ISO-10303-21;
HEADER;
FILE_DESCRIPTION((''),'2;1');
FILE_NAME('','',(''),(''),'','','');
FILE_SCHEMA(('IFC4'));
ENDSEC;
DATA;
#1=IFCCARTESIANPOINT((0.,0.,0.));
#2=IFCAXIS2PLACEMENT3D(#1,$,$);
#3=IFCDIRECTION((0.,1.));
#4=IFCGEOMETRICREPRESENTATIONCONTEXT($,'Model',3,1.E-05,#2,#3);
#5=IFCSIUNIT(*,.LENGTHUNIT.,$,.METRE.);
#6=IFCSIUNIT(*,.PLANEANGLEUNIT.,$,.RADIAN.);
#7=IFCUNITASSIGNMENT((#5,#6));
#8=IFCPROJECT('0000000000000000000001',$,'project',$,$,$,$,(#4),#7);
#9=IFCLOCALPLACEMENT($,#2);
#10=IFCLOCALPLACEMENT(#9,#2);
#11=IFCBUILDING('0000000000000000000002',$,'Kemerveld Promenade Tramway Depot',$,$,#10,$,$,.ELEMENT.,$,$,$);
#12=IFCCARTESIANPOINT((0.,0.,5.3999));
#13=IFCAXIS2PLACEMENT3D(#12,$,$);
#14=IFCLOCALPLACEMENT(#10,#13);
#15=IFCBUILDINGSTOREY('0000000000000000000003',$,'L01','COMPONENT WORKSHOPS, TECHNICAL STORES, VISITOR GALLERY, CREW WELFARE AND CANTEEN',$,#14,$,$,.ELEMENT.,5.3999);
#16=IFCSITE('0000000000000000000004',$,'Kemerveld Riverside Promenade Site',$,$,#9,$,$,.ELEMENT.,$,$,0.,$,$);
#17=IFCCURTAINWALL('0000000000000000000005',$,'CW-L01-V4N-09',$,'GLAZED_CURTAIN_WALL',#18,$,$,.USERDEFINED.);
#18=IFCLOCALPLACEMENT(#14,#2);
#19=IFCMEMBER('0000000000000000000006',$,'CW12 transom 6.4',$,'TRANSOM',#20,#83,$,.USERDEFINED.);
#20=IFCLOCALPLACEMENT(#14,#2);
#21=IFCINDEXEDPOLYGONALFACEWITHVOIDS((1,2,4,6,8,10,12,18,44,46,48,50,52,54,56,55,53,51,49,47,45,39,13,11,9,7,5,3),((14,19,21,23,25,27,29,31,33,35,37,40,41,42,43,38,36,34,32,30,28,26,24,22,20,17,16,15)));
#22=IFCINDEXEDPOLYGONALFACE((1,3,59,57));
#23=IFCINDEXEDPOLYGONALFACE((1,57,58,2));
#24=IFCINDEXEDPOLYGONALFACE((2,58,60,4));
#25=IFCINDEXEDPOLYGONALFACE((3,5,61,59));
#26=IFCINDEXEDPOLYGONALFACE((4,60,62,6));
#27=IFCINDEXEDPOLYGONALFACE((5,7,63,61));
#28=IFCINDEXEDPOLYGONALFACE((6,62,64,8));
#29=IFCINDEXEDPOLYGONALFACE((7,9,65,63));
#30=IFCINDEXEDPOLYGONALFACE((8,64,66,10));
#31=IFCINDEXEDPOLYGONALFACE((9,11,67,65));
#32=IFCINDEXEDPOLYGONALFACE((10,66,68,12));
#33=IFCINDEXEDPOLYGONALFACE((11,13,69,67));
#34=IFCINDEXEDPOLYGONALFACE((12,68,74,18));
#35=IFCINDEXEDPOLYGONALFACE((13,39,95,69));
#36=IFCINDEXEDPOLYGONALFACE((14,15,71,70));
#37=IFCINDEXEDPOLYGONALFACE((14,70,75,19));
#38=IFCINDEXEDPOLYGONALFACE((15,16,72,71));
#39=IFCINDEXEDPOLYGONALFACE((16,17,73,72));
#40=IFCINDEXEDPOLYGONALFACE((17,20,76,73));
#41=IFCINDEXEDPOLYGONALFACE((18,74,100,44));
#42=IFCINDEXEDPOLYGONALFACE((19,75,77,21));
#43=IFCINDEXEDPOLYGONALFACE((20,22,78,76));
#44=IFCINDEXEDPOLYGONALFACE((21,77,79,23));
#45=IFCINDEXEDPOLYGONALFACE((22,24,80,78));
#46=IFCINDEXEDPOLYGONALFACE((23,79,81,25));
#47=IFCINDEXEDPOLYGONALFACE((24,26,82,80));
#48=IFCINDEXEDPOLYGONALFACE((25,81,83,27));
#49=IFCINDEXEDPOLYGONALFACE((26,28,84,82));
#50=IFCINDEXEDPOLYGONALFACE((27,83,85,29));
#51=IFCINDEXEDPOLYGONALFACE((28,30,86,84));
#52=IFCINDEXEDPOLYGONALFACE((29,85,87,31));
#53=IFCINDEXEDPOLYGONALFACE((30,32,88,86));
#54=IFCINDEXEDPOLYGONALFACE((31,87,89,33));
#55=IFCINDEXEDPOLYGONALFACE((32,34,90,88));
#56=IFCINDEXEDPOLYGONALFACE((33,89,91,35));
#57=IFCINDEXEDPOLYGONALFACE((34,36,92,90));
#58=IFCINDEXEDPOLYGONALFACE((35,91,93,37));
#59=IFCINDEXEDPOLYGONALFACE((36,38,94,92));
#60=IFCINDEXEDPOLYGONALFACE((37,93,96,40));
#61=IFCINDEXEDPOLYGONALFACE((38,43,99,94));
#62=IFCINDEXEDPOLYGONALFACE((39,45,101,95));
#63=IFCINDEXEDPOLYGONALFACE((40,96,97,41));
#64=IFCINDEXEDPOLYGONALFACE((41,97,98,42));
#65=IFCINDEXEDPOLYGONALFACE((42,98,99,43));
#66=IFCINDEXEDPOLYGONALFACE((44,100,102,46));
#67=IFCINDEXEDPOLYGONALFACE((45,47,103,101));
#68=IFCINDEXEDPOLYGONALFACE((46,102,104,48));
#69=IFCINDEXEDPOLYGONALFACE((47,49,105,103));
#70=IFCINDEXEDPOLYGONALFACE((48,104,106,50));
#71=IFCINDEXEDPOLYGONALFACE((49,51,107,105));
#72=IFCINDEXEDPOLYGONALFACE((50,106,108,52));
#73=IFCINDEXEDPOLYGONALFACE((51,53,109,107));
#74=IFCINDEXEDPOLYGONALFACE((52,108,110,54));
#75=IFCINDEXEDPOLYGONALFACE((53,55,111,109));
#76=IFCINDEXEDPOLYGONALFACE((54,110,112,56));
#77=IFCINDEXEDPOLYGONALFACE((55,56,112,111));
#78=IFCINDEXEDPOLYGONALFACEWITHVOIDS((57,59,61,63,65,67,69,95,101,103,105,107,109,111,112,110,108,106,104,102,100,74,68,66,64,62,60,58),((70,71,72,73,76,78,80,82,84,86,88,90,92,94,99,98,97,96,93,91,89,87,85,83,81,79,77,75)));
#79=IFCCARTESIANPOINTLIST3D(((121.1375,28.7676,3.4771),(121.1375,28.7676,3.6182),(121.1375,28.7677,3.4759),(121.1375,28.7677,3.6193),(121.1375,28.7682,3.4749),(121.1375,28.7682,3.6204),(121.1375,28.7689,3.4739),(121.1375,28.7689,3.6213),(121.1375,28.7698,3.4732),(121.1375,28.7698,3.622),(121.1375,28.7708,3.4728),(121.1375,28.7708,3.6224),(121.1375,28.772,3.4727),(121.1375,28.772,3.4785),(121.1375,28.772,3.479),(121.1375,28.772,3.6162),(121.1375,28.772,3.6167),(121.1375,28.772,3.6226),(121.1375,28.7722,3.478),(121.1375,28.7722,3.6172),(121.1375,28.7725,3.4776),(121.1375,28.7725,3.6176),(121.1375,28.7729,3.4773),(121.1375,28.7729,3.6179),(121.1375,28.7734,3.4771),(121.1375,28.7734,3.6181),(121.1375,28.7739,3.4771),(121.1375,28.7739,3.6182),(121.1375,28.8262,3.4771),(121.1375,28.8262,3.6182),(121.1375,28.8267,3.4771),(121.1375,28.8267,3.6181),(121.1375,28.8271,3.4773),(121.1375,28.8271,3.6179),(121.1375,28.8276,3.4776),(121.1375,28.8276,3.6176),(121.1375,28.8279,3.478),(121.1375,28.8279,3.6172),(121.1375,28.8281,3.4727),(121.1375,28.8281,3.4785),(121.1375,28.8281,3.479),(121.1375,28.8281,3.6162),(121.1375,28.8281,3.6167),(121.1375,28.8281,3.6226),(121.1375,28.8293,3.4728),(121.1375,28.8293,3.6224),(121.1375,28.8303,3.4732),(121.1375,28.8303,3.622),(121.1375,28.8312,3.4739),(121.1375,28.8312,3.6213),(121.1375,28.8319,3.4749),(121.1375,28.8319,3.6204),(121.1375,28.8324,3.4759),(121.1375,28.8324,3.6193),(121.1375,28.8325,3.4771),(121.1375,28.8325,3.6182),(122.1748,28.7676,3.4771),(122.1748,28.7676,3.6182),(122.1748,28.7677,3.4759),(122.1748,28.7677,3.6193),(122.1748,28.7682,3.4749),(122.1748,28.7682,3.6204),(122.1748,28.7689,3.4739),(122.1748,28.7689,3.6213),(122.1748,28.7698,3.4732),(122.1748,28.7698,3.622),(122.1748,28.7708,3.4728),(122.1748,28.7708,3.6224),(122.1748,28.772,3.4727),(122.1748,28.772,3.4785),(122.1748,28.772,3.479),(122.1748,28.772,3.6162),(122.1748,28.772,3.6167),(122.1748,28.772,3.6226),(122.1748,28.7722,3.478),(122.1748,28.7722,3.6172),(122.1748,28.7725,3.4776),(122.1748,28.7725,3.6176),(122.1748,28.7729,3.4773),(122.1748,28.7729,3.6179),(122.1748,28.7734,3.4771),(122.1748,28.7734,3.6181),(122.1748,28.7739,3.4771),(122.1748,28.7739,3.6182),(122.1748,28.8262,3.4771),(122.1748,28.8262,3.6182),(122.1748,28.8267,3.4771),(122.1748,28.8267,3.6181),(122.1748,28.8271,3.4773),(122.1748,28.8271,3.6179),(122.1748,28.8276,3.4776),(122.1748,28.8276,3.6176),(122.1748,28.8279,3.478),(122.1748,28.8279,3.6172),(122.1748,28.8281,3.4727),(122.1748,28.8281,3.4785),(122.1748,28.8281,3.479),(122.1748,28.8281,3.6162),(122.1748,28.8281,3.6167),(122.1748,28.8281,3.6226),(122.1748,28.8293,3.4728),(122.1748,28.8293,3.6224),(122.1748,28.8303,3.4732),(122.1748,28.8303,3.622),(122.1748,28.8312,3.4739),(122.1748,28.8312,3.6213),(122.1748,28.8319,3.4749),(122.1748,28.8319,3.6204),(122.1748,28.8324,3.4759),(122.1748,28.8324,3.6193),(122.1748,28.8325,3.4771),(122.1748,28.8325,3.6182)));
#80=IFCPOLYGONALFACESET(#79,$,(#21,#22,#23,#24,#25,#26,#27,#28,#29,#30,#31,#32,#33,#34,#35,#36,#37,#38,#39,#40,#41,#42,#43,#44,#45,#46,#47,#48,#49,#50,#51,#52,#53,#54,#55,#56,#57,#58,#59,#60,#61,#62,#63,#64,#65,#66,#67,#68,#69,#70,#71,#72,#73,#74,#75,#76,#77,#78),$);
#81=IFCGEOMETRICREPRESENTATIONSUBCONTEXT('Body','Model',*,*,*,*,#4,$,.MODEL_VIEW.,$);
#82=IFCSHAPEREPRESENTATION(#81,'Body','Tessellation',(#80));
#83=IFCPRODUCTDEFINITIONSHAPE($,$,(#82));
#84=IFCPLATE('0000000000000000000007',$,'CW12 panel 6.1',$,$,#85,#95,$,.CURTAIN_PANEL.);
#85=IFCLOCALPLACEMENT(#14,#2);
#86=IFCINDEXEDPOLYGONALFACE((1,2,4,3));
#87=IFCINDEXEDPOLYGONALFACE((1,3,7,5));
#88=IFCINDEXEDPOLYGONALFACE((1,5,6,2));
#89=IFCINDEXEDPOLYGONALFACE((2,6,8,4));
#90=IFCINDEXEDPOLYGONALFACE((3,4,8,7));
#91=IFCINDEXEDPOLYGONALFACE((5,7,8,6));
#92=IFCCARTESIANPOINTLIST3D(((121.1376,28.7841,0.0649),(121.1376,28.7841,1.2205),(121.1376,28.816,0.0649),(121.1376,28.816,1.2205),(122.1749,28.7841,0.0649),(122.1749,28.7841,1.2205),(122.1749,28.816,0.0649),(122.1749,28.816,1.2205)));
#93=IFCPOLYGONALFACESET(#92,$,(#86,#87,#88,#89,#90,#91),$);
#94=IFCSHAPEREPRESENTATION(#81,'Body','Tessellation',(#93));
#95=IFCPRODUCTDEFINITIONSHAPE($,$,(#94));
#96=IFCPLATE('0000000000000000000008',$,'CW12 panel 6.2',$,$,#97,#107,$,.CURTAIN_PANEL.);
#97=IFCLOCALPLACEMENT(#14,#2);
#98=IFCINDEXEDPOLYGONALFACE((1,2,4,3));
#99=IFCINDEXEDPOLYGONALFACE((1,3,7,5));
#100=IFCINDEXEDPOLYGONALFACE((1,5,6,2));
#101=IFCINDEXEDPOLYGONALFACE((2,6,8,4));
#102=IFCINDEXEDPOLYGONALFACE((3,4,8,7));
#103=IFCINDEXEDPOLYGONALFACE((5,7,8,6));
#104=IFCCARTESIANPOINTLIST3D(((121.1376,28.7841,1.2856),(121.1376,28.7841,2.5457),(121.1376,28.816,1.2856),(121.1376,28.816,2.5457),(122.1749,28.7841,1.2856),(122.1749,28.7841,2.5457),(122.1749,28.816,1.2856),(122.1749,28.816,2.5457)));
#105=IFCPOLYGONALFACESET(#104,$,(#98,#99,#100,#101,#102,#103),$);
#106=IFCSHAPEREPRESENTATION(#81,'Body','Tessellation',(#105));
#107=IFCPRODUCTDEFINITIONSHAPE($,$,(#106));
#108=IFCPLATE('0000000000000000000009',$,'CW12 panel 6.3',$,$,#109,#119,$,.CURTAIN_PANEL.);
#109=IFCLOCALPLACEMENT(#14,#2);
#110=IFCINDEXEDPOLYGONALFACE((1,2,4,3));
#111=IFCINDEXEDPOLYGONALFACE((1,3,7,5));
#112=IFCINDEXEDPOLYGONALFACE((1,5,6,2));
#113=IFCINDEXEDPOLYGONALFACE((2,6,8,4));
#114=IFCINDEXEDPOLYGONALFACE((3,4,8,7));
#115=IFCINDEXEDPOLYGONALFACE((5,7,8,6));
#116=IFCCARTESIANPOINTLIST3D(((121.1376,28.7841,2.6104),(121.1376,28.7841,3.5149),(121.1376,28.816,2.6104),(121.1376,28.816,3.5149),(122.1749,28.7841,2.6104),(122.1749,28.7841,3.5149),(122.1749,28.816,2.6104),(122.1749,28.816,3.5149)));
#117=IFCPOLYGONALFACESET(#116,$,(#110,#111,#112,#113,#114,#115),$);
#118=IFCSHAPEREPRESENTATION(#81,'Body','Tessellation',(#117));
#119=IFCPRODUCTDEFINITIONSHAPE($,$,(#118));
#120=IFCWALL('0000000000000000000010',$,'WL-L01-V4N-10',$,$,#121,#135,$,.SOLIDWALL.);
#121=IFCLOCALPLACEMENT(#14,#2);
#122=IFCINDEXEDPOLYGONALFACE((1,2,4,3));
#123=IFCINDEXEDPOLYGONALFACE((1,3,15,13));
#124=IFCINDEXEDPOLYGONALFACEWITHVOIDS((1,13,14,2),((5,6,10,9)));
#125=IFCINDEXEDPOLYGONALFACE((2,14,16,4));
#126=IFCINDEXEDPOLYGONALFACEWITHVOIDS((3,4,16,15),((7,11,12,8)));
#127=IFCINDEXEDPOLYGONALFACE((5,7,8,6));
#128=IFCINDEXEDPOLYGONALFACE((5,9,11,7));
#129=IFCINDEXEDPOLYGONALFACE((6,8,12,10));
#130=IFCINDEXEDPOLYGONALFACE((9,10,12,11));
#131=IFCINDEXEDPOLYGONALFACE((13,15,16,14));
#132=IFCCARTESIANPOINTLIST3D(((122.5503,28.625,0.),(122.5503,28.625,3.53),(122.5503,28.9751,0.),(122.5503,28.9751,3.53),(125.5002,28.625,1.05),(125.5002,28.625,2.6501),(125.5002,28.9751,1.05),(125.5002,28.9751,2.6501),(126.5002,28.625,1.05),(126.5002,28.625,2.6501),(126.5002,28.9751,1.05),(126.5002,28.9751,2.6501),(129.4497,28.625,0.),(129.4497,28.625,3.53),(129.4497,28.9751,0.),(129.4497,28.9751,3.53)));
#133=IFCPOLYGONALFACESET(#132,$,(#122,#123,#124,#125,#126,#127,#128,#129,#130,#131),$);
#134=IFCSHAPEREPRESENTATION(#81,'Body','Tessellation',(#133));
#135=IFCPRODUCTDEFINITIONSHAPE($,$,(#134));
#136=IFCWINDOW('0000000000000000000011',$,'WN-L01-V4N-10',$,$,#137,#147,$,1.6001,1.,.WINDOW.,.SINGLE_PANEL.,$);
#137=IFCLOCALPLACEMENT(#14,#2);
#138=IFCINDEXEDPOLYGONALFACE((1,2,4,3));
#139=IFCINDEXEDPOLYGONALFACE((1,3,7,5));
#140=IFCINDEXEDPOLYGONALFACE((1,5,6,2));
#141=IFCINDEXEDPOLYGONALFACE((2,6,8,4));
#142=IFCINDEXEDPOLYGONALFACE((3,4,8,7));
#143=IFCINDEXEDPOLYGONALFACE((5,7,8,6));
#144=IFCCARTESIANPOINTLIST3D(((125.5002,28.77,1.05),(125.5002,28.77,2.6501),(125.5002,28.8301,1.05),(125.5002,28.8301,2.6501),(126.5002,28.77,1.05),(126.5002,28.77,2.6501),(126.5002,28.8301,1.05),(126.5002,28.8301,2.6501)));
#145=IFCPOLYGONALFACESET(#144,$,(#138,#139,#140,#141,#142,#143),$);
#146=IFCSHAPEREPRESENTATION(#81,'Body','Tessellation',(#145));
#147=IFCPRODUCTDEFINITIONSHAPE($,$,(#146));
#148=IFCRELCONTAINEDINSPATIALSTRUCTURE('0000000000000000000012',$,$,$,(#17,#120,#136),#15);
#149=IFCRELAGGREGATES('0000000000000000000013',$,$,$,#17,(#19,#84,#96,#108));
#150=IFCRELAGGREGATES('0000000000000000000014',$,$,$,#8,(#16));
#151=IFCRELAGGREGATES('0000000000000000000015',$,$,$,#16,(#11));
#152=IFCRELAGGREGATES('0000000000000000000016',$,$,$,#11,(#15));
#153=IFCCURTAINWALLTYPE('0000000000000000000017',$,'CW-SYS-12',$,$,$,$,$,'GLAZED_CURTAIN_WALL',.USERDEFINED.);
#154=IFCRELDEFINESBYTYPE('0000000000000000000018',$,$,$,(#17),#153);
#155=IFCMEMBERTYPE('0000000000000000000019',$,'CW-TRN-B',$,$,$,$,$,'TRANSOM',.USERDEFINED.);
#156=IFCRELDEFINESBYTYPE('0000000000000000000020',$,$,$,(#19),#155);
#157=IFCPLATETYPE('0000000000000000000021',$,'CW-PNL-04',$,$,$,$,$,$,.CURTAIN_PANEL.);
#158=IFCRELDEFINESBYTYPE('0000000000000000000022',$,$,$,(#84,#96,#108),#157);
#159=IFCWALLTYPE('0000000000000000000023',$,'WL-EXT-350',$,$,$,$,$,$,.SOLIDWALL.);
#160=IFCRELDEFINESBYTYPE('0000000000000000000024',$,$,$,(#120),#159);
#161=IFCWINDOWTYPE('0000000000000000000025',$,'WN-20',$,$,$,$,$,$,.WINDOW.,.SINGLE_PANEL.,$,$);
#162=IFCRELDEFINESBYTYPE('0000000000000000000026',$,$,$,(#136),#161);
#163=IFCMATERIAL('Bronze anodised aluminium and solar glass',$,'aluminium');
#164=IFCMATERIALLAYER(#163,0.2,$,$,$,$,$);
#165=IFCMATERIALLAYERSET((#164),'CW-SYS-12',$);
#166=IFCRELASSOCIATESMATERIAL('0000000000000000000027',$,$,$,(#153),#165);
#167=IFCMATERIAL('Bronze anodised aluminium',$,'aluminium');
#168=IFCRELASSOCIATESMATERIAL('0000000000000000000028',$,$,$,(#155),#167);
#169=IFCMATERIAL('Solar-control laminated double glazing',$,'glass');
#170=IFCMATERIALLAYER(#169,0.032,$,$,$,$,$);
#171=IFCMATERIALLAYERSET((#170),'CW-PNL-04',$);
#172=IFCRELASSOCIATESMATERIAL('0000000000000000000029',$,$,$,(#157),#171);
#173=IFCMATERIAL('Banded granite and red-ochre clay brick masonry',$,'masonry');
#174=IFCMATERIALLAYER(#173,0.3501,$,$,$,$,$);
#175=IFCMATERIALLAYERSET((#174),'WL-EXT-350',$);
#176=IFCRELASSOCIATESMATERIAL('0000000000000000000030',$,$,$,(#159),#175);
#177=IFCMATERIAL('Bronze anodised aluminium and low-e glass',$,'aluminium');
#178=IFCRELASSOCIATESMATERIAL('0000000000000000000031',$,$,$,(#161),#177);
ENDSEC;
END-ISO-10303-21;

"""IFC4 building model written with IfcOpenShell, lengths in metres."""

from ifc_helpers import new_model, si_unit, direction, frame, frame_2d, origin, origin_2d, place, context, subcontext, project, spatial, rectangle, hollow_rectangle, extrude, material, layer, layer_set, material_profile, profile_set, type_object, element, fill, aggregate, save


model = new_model("IFC4")

# Units and contexts
model_context = context("Model", 3, precision=1e-05, world=origin(), true_north=direction((0.0, 1.0)))
body_context = subcontext(model_context, "Body", "Model", "MODEL_VIEW")
ifc_project = project(units=[si_unit("LENGTHUNIT", "METRE"), si_unit("PLANEANGLEUNIT", "RADIAN")], contexts=[model_context])

# Site, building, storey
site_placement = place(None, origin())
site = spatial("IfcSite", under=ifc_project, at=site_placement, Name="Kemerveld Riverside Promenade Site", CompositionType="ELEMENT", RefElevation=0.0)
building_placement = place(site_placement, origin())
building = spatial("IfcBuilding", under=site, at=building_placement, Name="Kemerveld Promenade Tramway Depot", CompositionType="ELEMENT")
storey_placement = place(building_placement, frame((0.0, 0.0, 5.3999)))
storey = spatial("IfcBuildingStorey", under=building, at=storey_placement, Name="L01", Description="COMPONENT WORKSHOPS, TECHNICAL STORES, VISITOR GALLERY, CREW WELFARE AND CANTEEN", CompositionType="ELEMENT", Elevation=5.3999)

# Curtain wall, member, plates
ifc_material_1 = material(Name="Bronze anodised aluminium and solar glass", Category="aluminium")
ifc_layer_1 = layer(ifc_material_1, 0.2)
ifc_layer_set_1 = layer_set([ifc_layer_1], Name="CW-SYS-12")
curtain_wall_type = type_object("IfcCurtainWallType", Name="CW-SYS-12", ElementType="GLAZED_CURTAIN_WALL", PredefinedType="USERDEFINED", material=ifc_layer_set_1)
curtain_wall_placement = place(storey_placement, origin())
curtain_wall = element("IfcCurtainWall", 1, at=curtain_wall_placement, inside=storey, type_object=curtain_wall_type, Name="CW-L01-V4N-09", ObjectType="GLAZED_CURTAIN_WALL", PredefinedType="USERDEFINED")
ifc_material_2 = material(Name="Bronze anodised aluminium", Category="aluminium")
ifc_material_profile_1 = material_profile(ifc_material_2, hollow_rectangle(XDim=0.0649, YDim=0.1499, WallThickness=0.0044, InnerFilletRadius=0.002, OuterFilletRadius=0.0044, at=origin_2d()), Name="CW-TRN-150x65")
ifc_profile_set_1 = profile_set([ifc_material_profile_1], Name="Bronze anodised aluminium")
member_type_1 = type_object("IfcMemberType", Name="CW-TRN-B", ElementType="TRANSOM", PredefinedType="USERDEFINED", material=ifc_profile_set_1)
member_1_placement = place(storey_placement, frame((121.1375, 28.8, 3.5476), z_axis=(1.0, 0.0, 0.0), x_axis=(0.0, 1.0, 0.0)))
member_1 = element("IfcMember", 2, at=member_1_placement, type_object=member_type_1, Name="CW12 transom 6.4", ObjectType="TRANSOM", PredefinedType="USERDEFINED", context=body_context, shape_type="SweptSolid", body=[
    extrude(hollow_rectangle(XDim=0.0649, YDim=0.1499, WallThickness=0.0044, InnerFilletRadius=0.002, OuterFilletRadius=0.0044, at=origin_2d()), origin(), (0.0, 0.0, 1.0), 1.0374),
])
ifc_material_3 = material(Name="Solar-control laminated double glazing", Category="glass")
ifc_layer_2 = layer(ifc_material_3, 0.032)
ifc_layer_set_2 = layer_set([ifc_layer_2], Name="CW-PNL-04")
plate_type = type_object("IfcPlateType", Name="CW-PNL-04", PredefinedType="CURTAIN_PANEL", material=ifc_layer_set_2)
plate_1_placement = place(storey_placement, frame((121.6562, 28.8, 0.0649), z_axis=(0.0, 0.0, 1.0), x_axis=(1.0, 0.0, 0.0)))
plate_1 = element("IfcPlate", 3, at=plate_1_placement, type_object=plate_type, Name="CW12 panel 6.1", PredefinedType="CURTAIN_PANEL", context=body_context, shape_type="SweptSolid", body=[
    extrude(rectangle(XDim=1.0374, YDim=0.032, at=origin_2d()), origin(), (0.0, 0.0, 1.0), 1.1555),
])
plate_2_placement = place(storey_placement, frame((121.6562, 28.8, 1.2856), z_axis=(0.0, 0.0, 1.0), x_axis=(1.0, 0.0, 0.0)))
plate_2 = element("IfcPlate", 4, at=plate_2_placement, type_object=plate_type, Name="CW12 panel 6.2", PredefinedType="CURTAIN_PANEL", context=body_context, shape_type="SweptSolid", body=[
    extrude(rectangle(XDim=1.0374, YDim=0.032, at=origin_2d()), origin(), (0.0, 0.0, 1.0), 1.26),
])
plate_3_placement = place(storey_placement, frame((121.6562, 28.8, 2.6104), z_axis=(0.0, 0.0, 1.0), x_axis=(1.0, 0.0, 0.0)))
plate_3 = element("IfcPlate", 5, at=plate_3_placement, type_object=plate_type, Name="CW12 panel 6.3", PredefinedType="CURTAIN_PANEL", context=body_context, shape_type="SweptSolid", body=[
    extrude(rectangle(XDim=1.0374, YDim=0.032, at=origin_2d()), origin(), (0.0, 0.0, 1.0), 0.9045),
])
aggregate(curtain_wall, [member_1, plate_1, plate_2, plate_3])

# Wall, opening, window
ifc_material_4 = material(Name="Banded granite and red-ochre clay brick masonry", Category="masonry")
ifc_layer_3 = layer(ifc_material_4, 0.3501)
ifc_layer_set_3 = layer_set([ifc_layer_3], Name="WL-EXT-350")
wall_type = type_object("IfcWallType", Name="WL-EXT-350", PredefinedType="SOLIDWALL", material=ifc_layer_set_3)
wall_placement = place(storey_placement, frame((122.5503, 28.8, 0.0), z_axis=(0.0, 0.0, 1.0), x_axis=(1.0, 0.0, 0.0)))
wall = element("IfcWall", 6, at=wall_placement, inside=storey, type_object=wall_type, Name="WL-L01-V4N-10", PredefinedType="SOLIDWALL", context=body_context, shape_type="SweptSolid", body=[
    extrude(rectangle(XDim=6.8994, YDim=0.3501, at=frame_2d((3.4497, 0.0))), origin(), (0.0, 0.0, 1.0), 3.53),
])
opening_placement = place(wall_placement, frame((2.95, 0.0, 1.05)))
opening = element("IfcOpeningElement", 7, at=opening_placement, cuts=wall, PredefinedType="OPENING", context=body_context, shape_type="SweptSolid", body=[
    extrude(rectangle(XDim=1.0, YDim=1.6001, at=frame_2d((0.5, 0.8))), frame((0.0, 0.1851, 0.0), z_axis=(0.0, -1.0, 0.0), x_axis=(1.0, 0.0, 0.0)), (0.0, 0.0, 1.0), 0.3701),
])
ifc_material_5 = material(Name="Bronze anodised aluminium and low-e glass", Category="aluminium")
window_type = type_object("IfcWindowType", Name="WN-20", PartitioningType="SINGLE_PANEL", PredefinedType="WINDOW", material=ifc_material_5)
window_placement = place(opening_placement, origin())
window = element("IfcWindow", 8, at=window_placement, inside=storey, type_object=window_type, Name="WN-L01-V4N-10", OverallHeight=1.6001, OverallWidth=1.0, PartitioningType="SINGLE_PANEL", PredefinedType="WINDOW", context=body_context, shape_type="SweptSolid", body=[
    extrude(rectangle(XDim=1.0, YDim=1.6001, at=frame_2d((0.5, 0.8))), frame((0.0, 0.03, 0.0), z_axis=(0.0, -1.0, 0.0), x_axis=(1.0, 0.0, 0.0)), (0.0, 0.0, 1.0), 0.0601),
])
fill(opening, window)

save(model, "model.ifc")
